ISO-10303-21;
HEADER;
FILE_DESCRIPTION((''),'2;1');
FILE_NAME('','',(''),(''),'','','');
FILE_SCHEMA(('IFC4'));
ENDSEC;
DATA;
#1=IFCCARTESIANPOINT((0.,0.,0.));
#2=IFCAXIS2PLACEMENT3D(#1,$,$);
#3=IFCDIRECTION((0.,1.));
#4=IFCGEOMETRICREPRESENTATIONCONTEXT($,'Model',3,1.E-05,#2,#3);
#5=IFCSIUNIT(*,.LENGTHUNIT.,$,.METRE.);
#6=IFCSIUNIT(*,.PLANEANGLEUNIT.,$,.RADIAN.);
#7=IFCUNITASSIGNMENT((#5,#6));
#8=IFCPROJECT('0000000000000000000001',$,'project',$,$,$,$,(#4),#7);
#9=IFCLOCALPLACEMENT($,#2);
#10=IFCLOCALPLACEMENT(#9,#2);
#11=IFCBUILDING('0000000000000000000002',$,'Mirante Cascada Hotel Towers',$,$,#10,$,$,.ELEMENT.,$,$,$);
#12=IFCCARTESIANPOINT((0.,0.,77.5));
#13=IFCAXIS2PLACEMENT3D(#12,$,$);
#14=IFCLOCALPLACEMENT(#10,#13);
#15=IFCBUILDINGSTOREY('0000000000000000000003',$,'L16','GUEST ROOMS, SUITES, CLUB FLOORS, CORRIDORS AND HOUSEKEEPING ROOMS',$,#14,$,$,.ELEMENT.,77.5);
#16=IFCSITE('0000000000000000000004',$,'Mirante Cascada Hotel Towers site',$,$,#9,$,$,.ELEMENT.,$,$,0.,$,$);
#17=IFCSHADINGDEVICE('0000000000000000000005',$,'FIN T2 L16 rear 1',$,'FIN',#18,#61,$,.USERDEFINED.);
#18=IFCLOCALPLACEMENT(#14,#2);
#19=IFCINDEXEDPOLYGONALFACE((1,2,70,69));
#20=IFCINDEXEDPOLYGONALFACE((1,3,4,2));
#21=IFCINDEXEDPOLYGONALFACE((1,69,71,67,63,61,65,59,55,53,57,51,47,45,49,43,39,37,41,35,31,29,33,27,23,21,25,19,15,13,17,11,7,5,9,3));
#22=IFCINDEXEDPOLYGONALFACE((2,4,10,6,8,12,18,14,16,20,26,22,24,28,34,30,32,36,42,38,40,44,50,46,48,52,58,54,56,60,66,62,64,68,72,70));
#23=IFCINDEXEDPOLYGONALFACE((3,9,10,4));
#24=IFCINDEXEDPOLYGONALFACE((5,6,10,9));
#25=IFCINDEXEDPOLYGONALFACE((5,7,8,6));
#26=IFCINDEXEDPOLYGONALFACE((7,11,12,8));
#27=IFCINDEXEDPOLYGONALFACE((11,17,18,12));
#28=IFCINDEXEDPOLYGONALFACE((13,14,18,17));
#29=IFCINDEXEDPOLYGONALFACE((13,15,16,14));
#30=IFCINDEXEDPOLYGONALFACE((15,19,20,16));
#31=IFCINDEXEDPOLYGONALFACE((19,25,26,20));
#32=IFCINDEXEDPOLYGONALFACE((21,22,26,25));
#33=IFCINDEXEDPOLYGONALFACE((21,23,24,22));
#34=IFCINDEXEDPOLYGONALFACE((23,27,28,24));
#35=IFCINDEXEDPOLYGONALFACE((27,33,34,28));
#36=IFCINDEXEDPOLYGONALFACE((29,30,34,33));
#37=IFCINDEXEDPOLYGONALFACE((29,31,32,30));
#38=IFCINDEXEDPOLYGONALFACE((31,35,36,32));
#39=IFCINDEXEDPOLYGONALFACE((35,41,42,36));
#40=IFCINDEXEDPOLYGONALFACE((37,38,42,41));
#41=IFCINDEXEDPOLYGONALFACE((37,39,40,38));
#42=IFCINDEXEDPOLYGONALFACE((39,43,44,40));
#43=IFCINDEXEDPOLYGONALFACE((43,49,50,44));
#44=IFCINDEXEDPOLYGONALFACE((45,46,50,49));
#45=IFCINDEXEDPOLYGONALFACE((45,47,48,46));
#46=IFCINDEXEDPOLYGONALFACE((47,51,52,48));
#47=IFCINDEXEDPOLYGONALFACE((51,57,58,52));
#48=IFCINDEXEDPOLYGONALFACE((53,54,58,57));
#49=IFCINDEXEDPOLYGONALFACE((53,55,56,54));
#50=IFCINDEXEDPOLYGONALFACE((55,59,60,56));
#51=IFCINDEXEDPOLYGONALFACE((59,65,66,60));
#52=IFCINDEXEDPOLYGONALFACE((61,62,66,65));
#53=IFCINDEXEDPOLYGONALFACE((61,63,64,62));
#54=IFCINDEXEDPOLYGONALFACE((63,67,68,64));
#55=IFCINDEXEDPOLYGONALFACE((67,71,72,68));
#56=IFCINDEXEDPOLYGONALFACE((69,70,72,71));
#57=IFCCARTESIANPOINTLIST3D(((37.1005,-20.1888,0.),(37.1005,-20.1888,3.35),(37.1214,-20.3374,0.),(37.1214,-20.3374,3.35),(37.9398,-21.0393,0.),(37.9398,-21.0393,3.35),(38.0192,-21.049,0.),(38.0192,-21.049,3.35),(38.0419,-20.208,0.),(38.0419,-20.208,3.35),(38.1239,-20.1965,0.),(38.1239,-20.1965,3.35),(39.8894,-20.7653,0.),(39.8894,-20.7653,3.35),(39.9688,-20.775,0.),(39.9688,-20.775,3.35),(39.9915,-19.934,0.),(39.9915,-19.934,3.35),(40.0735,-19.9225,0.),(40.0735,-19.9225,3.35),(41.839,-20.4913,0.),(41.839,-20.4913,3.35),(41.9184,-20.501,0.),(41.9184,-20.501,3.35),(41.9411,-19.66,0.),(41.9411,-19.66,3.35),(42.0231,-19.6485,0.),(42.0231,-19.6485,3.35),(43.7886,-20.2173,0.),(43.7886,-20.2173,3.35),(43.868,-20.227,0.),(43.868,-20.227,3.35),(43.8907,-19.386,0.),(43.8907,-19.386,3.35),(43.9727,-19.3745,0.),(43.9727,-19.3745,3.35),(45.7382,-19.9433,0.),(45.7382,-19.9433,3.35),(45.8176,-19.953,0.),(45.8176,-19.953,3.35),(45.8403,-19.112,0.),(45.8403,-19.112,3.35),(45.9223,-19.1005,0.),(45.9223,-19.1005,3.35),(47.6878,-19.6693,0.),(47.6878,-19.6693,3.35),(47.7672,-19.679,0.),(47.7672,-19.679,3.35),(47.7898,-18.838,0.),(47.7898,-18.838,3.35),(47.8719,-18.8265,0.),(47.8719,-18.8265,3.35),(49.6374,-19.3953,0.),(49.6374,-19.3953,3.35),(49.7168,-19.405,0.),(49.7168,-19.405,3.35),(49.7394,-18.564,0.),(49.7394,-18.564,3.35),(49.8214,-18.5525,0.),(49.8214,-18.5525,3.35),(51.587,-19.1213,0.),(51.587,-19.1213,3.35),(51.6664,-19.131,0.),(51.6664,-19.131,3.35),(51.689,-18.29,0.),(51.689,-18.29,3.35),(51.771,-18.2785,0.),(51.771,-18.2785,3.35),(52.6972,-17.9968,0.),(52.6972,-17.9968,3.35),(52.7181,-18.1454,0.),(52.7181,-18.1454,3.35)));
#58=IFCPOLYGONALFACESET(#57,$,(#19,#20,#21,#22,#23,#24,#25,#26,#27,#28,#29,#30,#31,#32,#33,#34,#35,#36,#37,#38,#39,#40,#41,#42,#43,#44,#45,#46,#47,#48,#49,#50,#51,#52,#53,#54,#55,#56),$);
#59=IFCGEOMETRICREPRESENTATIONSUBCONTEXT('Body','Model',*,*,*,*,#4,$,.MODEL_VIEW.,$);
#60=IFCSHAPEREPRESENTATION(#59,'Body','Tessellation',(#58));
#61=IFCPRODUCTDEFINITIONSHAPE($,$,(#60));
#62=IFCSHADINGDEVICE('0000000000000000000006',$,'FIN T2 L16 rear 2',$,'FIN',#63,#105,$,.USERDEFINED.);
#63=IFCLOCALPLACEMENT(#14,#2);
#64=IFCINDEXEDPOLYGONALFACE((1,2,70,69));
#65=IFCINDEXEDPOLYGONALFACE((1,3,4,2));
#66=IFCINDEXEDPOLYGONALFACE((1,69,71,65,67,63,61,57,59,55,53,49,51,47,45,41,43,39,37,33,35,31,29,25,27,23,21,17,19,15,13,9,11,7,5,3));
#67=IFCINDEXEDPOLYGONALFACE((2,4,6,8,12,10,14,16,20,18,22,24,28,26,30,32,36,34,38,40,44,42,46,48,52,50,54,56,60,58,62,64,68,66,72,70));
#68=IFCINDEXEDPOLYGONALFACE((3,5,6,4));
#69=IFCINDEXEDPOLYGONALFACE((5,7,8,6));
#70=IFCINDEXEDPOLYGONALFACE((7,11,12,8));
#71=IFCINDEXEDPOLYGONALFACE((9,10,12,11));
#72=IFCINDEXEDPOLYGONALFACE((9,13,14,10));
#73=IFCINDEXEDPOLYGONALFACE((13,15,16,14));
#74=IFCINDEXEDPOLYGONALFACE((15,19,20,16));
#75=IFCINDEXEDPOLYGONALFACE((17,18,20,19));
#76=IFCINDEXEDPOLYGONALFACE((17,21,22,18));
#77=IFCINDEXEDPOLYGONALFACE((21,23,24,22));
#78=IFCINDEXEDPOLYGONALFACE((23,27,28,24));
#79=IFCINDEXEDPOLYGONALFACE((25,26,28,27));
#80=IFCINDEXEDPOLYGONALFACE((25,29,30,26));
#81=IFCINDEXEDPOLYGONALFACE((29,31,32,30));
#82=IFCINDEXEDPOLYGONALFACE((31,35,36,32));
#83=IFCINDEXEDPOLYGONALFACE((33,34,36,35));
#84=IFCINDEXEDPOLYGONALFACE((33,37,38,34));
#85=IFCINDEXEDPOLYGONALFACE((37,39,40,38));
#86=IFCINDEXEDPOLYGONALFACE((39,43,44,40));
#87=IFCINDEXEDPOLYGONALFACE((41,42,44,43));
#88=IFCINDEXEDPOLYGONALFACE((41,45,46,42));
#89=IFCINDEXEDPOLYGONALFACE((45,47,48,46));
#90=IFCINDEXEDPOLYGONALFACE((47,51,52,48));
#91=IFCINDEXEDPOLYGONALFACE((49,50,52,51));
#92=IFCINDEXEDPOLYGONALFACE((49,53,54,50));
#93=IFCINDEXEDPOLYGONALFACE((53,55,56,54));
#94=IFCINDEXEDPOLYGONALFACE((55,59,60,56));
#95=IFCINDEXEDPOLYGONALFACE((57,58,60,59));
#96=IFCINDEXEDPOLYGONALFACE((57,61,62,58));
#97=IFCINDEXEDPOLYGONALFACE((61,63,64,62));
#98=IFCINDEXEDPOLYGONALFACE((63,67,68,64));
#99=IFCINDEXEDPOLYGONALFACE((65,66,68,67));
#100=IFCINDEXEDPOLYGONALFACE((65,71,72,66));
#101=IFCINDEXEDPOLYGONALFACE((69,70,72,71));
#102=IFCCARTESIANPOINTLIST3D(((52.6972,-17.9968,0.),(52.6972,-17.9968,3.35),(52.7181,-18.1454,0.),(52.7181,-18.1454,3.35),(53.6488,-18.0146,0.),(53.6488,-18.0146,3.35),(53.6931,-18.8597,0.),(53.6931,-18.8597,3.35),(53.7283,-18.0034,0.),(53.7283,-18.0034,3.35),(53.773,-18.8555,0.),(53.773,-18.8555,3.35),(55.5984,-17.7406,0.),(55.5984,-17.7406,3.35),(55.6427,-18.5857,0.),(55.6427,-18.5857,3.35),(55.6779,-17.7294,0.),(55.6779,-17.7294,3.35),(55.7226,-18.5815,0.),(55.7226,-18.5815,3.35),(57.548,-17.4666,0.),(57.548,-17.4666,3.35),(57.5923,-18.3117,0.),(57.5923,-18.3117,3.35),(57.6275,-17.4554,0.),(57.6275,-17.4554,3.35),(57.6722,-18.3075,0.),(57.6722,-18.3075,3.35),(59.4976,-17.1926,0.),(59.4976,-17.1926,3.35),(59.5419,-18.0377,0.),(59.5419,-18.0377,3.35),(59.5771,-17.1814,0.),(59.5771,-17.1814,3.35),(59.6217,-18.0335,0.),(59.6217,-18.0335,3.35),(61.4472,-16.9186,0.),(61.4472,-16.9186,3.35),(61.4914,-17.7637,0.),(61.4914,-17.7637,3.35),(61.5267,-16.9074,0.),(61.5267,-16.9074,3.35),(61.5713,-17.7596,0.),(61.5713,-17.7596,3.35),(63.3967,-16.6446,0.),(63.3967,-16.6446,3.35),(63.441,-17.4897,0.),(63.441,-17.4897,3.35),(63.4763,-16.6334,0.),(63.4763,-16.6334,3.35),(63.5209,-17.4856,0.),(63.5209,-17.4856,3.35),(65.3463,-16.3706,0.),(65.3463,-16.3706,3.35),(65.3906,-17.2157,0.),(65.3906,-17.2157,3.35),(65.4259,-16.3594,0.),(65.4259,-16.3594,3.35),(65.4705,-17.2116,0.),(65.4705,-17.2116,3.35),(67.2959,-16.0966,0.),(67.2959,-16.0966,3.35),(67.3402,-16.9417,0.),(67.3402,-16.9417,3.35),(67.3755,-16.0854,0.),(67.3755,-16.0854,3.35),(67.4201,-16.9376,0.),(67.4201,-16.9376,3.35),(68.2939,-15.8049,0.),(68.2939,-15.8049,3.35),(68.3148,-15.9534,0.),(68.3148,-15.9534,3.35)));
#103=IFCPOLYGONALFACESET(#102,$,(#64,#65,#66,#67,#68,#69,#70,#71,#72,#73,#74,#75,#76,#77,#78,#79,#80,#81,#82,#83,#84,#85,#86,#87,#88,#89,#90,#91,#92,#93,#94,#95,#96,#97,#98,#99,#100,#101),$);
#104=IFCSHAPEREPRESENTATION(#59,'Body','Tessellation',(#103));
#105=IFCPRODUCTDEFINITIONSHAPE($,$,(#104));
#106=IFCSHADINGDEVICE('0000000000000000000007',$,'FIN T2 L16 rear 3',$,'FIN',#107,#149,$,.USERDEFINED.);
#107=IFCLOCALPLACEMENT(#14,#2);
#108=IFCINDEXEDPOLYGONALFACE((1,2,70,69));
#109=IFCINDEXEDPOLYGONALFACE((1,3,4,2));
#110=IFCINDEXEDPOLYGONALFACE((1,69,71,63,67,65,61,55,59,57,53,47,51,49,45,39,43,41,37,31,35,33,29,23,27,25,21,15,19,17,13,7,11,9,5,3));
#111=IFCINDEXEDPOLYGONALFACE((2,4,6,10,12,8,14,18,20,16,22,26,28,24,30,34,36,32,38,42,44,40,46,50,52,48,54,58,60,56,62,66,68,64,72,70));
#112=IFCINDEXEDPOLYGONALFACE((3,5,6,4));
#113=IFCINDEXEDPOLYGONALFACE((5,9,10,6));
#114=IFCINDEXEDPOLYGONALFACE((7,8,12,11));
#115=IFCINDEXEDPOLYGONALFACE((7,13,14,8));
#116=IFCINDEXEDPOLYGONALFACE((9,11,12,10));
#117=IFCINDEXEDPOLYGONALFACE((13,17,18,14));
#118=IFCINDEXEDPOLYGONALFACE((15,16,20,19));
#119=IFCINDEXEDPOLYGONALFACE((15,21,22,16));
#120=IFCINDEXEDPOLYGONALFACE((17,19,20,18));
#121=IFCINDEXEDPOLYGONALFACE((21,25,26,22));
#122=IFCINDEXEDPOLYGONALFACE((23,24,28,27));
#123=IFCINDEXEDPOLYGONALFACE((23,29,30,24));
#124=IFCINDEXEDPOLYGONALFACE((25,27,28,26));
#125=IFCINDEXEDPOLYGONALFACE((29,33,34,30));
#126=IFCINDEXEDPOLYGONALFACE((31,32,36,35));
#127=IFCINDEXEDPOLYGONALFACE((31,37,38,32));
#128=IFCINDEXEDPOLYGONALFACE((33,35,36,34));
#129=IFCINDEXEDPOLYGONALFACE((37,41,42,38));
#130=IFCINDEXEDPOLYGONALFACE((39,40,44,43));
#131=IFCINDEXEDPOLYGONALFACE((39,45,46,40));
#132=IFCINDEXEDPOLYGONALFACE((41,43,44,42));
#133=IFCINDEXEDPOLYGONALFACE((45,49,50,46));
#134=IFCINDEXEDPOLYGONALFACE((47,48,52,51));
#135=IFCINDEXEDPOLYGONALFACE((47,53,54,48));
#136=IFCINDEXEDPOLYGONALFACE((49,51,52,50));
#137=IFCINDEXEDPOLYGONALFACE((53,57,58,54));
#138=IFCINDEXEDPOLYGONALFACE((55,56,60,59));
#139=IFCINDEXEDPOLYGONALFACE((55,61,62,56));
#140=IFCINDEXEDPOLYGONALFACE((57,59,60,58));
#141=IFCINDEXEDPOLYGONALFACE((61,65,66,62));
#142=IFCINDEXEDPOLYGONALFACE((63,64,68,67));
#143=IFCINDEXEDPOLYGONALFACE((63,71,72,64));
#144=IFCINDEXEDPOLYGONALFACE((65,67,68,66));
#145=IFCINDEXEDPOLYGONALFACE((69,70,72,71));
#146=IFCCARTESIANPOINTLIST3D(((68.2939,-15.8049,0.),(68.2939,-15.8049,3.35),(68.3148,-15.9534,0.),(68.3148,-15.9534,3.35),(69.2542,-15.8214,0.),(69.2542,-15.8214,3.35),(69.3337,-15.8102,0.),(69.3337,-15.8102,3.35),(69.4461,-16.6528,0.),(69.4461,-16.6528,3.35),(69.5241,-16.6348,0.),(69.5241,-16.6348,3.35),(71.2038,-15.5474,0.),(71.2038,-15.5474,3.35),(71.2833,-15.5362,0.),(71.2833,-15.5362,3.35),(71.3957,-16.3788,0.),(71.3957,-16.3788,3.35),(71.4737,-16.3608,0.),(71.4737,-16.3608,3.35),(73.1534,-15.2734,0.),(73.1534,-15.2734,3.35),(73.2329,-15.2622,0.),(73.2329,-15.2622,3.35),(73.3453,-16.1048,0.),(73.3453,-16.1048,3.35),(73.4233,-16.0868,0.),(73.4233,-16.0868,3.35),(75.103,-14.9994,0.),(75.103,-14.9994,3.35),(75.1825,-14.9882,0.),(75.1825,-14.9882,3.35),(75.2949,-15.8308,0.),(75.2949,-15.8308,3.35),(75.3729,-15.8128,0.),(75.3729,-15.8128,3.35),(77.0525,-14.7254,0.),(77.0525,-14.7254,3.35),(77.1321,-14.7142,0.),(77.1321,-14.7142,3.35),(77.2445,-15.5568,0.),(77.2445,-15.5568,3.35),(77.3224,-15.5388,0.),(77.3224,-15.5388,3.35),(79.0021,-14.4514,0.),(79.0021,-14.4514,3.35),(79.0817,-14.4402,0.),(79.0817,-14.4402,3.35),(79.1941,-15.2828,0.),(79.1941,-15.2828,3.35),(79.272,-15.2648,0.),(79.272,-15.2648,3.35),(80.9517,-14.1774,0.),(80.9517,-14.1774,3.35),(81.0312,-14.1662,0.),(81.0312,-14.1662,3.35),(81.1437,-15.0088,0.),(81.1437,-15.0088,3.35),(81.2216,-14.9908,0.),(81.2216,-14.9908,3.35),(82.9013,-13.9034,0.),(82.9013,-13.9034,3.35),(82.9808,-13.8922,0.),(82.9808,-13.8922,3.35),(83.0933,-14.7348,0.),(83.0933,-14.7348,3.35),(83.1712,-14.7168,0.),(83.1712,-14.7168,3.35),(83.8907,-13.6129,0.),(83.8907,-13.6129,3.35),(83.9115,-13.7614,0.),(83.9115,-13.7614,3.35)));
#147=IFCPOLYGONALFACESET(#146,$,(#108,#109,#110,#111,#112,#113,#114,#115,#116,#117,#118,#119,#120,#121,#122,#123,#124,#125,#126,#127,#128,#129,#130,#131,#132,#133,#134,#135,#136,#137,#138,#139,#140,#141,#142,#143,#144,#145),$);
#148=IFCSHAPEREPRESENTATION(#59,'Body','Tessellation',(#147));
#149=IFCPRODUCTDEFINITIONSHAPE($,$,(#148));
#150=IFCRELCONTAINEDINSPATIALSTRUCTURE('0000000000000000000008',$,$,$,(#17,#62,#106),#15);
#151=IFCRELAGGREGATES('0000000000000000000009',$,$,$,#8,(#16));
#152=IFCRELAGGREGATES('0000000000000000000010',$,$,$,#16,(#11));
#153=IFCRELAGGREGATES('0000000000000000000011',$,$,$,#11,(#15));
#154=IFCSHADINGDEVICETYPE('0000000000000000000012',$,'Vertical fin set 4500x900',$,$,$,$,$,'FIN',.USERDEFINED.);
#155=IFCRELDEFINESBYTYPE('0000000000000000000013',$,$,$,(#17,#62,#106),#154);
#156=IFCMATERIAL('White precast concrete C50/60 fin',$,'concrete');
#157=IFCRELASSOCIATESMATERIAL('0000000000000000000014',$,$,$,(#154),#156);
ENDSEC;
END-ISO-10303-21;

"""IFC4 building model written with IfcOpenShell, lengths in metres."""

from ifc_helpers import new_model, si_unit, direction, frame, origin, place, context, subcontext, project, spatial, polyline, outline, extrude, material, type_object, element, save


model = new_model("IFC4")

# Units and contexts
model_context = context("Model", 3, precision=1e-05, world=origin(), true_north=direction((0.0, 1.0)))
body_context = subcontext(model_context, "Body", "Model", "MODEL_VIEW")
ifc_project = project(units=[si_unit("LENGTHUNIT", "METRE"), si_unit("PLANEANGLEUNIT", "RADIAN")], contexts=[model_context])

# Site, building, storey
site_placement = place(None, origin())
site = spatial("IfcSite", under=ifc_project, at=site_placement, Name="Mirante Cascada Hotel Towers site", CompositionType="ELEMENT", RefElevation=0.0)
building_placement = place(site_placement, origin())
building = spatial("IfcBuilding", under=site, at=building_placement, Name="Mirante Cascada Hotel Towers", CompositionType="ELEMENT")
storey_placement = place(building_placement, frame((0.0, 0.0, 77.5)))
storey = spatial("IfcBuildingStorey", under=building, at=storey_placement, Name="L16", Description="GUEST ROOMS, SUITES, CLUB FLOORS, CORRIDORS AND HOUSEKEEPING ROOMS", CompositionType="ELEMENT", Elevation=77.5)

# Shading devices
ifc_material_1 = material(Name="White precast concrete C50/60 fin", Category="concrete")
shading_device_type = type_object("IfcShadingDeviceType", Name="Vertical fin set 4500x900", ElementType="FIN", PredefinedType="USERDEFINED", material=ifc_material_1)
shading_device_1_placement = place(storey_placement, origin())
element("IfcShadingDevice", 1, at=shading_device_1_placement, inside=storey, type_object=shading_device_type, Name="FIN T2 L16 rear 1", ObjectType="FIN", PredefinedType="USERDEFINED", context=body_context, shape_type="SweptSolid", body=[
    extrude(outline(polyline([(37.9398, -21.0393), (38.0419, -20.208), (37.1214, -20.3374), (37.1005, -20.1888), (52.6972, -17.9968), (52.7181, -18.1454), (51.771, -18.2785), (51.6664, -19.131), (51.587, -19.1213), (51.689, -18.29), (49.8214, -18.5525), (49.7168, -19.405), (49.6374, -19.3953), (49.7394, -18.564), (47.8719, -18.8265), (47.7672, -19.679), (47.6878, -19.6693), (47.7898, -18.838), (45.9223, -19.1005), (45.8176, -19.953), (45.7382, -19.9433), (45.8403, -19.112), (43.9727, -19.3745), (43.868, -20.227), (43.7886, -20.2173), (43.8907, -19.386), (42.0231, -19.6485), (41.9184, -20.501), (41.839, -20.4913), (41.9411, -19.66), (40.0735, -19.9225), (39.9688, -20.775), (39.8894, -20.7653), (39.9915, -19.934), (38.1239, -20.1965), (38.0192, -21.049), (37.9398, -21.0393)])), origin(), (0.0, 0.0, 1.0), 3.35),
])
shading_device_2_placement = place(storey_placement, origin())
element("IfcShadingDevice", 2, at=shading_device_2_placement, inside=storey, type_object=shading_device_type, Name="FIN T2 L16 rear 2", ObjectType="FIN", PredefinedType="USERDEFINED", context=body_context, shape_type="SweptSolid", body=[
    extrude(outline(polyline([(53.6931, -18.8597), (53.6488, -18.0146), (52.7181, -18.1454), (52.6972, -17.9968), (68.2939, -15.8049), (68.3148, -15.9534), (67.3755, -16.0854), (67.4201, -16.9376), (67.3402, -16.9417), (67.2959, -16.0966), (65.4259, -16.3594), (65.4705, -17.2116), (65.3906, -17.2157), (65.3463, -16.3706), (63.4763, -16.6334), (63.5209, -17.4856), (63.441, -17.4897), (63.3967, -16.6446), (61.5267, -16.9074), (61.5713, -17.7596), (61.4914, -17.7637), (61.4472, -16.9186), (59.5771, -17.1814), (59.6217, -18.0335), (59.5419, -18.0377), (59.4976, -17.1926), (57.6275, -17.4554), (57.6722, -18.3075), (57.5923, -18.3117), (57.548, -17.4666), (55.6779, -17.7294), (55.7226, -18.5815), (55.6427, -18.5857), (55.5984, -17.7406), (53.7283, -18.0034), (53.773, -18.8555), (53.6931, -18.8597)])), origin(), (0.0, 0.0, 1.0), 3.35),
])
shading_device_3_placement = place(storey_placement, origin())
element("IfcShadingDevice", 3, at=shading_device_3_placement, inside=storey, type_object=shading_device_type, Name="FIN T2 L16 rear 3", ObjectType="FIN", PredefinedType="USERDEFINED", context=body_context, shape_type="SweptSolid", body=[
    extrude(outline(polyline([(69.4461, -16.6528), (69.2542, -15.8214), (68.3148, -15.9534), (68.2939, -15.8049), (83.8907, -13.6129), (83.9115, -13.7614), (82.9808, -13.8922), (83.1712, -14.7168), (83.0933, -14.7348), (82.9013, -13.9034), (81.0312, -14.1662), (81.2216, -14.9908), (81.1437, -15.0088), (80.9517, -14.1774), (79.0817, -14.4402), (79.272, -15.2648), (79.1941, -15.2828), (79.0021, -14.4514), (77.1321, -14.7142), (77.3224, -15.5388), (77.2445, -15.5568), (77.0525, -14.7254), (75.1825, -14.9882), (75.3729, -15.8128), (75.2949, -15.8308), (75.103, -14.9994), (73.2329, -15.2622), (73.4233, -16.0868), (73.3453, -16.1048), (73.1534, -15.2734), (71.2833, -15.5362), (71.4737, -16.3608), (71.3957, -16.3788), (71.2038, -15.5474), (69.3337, -15.8102), (69.5241, -16.6348), (69.4461, -16.6528)])), origin(), (0.0, 0.0, 1.0), 3.35),
])

save(model, "model.ifc")
